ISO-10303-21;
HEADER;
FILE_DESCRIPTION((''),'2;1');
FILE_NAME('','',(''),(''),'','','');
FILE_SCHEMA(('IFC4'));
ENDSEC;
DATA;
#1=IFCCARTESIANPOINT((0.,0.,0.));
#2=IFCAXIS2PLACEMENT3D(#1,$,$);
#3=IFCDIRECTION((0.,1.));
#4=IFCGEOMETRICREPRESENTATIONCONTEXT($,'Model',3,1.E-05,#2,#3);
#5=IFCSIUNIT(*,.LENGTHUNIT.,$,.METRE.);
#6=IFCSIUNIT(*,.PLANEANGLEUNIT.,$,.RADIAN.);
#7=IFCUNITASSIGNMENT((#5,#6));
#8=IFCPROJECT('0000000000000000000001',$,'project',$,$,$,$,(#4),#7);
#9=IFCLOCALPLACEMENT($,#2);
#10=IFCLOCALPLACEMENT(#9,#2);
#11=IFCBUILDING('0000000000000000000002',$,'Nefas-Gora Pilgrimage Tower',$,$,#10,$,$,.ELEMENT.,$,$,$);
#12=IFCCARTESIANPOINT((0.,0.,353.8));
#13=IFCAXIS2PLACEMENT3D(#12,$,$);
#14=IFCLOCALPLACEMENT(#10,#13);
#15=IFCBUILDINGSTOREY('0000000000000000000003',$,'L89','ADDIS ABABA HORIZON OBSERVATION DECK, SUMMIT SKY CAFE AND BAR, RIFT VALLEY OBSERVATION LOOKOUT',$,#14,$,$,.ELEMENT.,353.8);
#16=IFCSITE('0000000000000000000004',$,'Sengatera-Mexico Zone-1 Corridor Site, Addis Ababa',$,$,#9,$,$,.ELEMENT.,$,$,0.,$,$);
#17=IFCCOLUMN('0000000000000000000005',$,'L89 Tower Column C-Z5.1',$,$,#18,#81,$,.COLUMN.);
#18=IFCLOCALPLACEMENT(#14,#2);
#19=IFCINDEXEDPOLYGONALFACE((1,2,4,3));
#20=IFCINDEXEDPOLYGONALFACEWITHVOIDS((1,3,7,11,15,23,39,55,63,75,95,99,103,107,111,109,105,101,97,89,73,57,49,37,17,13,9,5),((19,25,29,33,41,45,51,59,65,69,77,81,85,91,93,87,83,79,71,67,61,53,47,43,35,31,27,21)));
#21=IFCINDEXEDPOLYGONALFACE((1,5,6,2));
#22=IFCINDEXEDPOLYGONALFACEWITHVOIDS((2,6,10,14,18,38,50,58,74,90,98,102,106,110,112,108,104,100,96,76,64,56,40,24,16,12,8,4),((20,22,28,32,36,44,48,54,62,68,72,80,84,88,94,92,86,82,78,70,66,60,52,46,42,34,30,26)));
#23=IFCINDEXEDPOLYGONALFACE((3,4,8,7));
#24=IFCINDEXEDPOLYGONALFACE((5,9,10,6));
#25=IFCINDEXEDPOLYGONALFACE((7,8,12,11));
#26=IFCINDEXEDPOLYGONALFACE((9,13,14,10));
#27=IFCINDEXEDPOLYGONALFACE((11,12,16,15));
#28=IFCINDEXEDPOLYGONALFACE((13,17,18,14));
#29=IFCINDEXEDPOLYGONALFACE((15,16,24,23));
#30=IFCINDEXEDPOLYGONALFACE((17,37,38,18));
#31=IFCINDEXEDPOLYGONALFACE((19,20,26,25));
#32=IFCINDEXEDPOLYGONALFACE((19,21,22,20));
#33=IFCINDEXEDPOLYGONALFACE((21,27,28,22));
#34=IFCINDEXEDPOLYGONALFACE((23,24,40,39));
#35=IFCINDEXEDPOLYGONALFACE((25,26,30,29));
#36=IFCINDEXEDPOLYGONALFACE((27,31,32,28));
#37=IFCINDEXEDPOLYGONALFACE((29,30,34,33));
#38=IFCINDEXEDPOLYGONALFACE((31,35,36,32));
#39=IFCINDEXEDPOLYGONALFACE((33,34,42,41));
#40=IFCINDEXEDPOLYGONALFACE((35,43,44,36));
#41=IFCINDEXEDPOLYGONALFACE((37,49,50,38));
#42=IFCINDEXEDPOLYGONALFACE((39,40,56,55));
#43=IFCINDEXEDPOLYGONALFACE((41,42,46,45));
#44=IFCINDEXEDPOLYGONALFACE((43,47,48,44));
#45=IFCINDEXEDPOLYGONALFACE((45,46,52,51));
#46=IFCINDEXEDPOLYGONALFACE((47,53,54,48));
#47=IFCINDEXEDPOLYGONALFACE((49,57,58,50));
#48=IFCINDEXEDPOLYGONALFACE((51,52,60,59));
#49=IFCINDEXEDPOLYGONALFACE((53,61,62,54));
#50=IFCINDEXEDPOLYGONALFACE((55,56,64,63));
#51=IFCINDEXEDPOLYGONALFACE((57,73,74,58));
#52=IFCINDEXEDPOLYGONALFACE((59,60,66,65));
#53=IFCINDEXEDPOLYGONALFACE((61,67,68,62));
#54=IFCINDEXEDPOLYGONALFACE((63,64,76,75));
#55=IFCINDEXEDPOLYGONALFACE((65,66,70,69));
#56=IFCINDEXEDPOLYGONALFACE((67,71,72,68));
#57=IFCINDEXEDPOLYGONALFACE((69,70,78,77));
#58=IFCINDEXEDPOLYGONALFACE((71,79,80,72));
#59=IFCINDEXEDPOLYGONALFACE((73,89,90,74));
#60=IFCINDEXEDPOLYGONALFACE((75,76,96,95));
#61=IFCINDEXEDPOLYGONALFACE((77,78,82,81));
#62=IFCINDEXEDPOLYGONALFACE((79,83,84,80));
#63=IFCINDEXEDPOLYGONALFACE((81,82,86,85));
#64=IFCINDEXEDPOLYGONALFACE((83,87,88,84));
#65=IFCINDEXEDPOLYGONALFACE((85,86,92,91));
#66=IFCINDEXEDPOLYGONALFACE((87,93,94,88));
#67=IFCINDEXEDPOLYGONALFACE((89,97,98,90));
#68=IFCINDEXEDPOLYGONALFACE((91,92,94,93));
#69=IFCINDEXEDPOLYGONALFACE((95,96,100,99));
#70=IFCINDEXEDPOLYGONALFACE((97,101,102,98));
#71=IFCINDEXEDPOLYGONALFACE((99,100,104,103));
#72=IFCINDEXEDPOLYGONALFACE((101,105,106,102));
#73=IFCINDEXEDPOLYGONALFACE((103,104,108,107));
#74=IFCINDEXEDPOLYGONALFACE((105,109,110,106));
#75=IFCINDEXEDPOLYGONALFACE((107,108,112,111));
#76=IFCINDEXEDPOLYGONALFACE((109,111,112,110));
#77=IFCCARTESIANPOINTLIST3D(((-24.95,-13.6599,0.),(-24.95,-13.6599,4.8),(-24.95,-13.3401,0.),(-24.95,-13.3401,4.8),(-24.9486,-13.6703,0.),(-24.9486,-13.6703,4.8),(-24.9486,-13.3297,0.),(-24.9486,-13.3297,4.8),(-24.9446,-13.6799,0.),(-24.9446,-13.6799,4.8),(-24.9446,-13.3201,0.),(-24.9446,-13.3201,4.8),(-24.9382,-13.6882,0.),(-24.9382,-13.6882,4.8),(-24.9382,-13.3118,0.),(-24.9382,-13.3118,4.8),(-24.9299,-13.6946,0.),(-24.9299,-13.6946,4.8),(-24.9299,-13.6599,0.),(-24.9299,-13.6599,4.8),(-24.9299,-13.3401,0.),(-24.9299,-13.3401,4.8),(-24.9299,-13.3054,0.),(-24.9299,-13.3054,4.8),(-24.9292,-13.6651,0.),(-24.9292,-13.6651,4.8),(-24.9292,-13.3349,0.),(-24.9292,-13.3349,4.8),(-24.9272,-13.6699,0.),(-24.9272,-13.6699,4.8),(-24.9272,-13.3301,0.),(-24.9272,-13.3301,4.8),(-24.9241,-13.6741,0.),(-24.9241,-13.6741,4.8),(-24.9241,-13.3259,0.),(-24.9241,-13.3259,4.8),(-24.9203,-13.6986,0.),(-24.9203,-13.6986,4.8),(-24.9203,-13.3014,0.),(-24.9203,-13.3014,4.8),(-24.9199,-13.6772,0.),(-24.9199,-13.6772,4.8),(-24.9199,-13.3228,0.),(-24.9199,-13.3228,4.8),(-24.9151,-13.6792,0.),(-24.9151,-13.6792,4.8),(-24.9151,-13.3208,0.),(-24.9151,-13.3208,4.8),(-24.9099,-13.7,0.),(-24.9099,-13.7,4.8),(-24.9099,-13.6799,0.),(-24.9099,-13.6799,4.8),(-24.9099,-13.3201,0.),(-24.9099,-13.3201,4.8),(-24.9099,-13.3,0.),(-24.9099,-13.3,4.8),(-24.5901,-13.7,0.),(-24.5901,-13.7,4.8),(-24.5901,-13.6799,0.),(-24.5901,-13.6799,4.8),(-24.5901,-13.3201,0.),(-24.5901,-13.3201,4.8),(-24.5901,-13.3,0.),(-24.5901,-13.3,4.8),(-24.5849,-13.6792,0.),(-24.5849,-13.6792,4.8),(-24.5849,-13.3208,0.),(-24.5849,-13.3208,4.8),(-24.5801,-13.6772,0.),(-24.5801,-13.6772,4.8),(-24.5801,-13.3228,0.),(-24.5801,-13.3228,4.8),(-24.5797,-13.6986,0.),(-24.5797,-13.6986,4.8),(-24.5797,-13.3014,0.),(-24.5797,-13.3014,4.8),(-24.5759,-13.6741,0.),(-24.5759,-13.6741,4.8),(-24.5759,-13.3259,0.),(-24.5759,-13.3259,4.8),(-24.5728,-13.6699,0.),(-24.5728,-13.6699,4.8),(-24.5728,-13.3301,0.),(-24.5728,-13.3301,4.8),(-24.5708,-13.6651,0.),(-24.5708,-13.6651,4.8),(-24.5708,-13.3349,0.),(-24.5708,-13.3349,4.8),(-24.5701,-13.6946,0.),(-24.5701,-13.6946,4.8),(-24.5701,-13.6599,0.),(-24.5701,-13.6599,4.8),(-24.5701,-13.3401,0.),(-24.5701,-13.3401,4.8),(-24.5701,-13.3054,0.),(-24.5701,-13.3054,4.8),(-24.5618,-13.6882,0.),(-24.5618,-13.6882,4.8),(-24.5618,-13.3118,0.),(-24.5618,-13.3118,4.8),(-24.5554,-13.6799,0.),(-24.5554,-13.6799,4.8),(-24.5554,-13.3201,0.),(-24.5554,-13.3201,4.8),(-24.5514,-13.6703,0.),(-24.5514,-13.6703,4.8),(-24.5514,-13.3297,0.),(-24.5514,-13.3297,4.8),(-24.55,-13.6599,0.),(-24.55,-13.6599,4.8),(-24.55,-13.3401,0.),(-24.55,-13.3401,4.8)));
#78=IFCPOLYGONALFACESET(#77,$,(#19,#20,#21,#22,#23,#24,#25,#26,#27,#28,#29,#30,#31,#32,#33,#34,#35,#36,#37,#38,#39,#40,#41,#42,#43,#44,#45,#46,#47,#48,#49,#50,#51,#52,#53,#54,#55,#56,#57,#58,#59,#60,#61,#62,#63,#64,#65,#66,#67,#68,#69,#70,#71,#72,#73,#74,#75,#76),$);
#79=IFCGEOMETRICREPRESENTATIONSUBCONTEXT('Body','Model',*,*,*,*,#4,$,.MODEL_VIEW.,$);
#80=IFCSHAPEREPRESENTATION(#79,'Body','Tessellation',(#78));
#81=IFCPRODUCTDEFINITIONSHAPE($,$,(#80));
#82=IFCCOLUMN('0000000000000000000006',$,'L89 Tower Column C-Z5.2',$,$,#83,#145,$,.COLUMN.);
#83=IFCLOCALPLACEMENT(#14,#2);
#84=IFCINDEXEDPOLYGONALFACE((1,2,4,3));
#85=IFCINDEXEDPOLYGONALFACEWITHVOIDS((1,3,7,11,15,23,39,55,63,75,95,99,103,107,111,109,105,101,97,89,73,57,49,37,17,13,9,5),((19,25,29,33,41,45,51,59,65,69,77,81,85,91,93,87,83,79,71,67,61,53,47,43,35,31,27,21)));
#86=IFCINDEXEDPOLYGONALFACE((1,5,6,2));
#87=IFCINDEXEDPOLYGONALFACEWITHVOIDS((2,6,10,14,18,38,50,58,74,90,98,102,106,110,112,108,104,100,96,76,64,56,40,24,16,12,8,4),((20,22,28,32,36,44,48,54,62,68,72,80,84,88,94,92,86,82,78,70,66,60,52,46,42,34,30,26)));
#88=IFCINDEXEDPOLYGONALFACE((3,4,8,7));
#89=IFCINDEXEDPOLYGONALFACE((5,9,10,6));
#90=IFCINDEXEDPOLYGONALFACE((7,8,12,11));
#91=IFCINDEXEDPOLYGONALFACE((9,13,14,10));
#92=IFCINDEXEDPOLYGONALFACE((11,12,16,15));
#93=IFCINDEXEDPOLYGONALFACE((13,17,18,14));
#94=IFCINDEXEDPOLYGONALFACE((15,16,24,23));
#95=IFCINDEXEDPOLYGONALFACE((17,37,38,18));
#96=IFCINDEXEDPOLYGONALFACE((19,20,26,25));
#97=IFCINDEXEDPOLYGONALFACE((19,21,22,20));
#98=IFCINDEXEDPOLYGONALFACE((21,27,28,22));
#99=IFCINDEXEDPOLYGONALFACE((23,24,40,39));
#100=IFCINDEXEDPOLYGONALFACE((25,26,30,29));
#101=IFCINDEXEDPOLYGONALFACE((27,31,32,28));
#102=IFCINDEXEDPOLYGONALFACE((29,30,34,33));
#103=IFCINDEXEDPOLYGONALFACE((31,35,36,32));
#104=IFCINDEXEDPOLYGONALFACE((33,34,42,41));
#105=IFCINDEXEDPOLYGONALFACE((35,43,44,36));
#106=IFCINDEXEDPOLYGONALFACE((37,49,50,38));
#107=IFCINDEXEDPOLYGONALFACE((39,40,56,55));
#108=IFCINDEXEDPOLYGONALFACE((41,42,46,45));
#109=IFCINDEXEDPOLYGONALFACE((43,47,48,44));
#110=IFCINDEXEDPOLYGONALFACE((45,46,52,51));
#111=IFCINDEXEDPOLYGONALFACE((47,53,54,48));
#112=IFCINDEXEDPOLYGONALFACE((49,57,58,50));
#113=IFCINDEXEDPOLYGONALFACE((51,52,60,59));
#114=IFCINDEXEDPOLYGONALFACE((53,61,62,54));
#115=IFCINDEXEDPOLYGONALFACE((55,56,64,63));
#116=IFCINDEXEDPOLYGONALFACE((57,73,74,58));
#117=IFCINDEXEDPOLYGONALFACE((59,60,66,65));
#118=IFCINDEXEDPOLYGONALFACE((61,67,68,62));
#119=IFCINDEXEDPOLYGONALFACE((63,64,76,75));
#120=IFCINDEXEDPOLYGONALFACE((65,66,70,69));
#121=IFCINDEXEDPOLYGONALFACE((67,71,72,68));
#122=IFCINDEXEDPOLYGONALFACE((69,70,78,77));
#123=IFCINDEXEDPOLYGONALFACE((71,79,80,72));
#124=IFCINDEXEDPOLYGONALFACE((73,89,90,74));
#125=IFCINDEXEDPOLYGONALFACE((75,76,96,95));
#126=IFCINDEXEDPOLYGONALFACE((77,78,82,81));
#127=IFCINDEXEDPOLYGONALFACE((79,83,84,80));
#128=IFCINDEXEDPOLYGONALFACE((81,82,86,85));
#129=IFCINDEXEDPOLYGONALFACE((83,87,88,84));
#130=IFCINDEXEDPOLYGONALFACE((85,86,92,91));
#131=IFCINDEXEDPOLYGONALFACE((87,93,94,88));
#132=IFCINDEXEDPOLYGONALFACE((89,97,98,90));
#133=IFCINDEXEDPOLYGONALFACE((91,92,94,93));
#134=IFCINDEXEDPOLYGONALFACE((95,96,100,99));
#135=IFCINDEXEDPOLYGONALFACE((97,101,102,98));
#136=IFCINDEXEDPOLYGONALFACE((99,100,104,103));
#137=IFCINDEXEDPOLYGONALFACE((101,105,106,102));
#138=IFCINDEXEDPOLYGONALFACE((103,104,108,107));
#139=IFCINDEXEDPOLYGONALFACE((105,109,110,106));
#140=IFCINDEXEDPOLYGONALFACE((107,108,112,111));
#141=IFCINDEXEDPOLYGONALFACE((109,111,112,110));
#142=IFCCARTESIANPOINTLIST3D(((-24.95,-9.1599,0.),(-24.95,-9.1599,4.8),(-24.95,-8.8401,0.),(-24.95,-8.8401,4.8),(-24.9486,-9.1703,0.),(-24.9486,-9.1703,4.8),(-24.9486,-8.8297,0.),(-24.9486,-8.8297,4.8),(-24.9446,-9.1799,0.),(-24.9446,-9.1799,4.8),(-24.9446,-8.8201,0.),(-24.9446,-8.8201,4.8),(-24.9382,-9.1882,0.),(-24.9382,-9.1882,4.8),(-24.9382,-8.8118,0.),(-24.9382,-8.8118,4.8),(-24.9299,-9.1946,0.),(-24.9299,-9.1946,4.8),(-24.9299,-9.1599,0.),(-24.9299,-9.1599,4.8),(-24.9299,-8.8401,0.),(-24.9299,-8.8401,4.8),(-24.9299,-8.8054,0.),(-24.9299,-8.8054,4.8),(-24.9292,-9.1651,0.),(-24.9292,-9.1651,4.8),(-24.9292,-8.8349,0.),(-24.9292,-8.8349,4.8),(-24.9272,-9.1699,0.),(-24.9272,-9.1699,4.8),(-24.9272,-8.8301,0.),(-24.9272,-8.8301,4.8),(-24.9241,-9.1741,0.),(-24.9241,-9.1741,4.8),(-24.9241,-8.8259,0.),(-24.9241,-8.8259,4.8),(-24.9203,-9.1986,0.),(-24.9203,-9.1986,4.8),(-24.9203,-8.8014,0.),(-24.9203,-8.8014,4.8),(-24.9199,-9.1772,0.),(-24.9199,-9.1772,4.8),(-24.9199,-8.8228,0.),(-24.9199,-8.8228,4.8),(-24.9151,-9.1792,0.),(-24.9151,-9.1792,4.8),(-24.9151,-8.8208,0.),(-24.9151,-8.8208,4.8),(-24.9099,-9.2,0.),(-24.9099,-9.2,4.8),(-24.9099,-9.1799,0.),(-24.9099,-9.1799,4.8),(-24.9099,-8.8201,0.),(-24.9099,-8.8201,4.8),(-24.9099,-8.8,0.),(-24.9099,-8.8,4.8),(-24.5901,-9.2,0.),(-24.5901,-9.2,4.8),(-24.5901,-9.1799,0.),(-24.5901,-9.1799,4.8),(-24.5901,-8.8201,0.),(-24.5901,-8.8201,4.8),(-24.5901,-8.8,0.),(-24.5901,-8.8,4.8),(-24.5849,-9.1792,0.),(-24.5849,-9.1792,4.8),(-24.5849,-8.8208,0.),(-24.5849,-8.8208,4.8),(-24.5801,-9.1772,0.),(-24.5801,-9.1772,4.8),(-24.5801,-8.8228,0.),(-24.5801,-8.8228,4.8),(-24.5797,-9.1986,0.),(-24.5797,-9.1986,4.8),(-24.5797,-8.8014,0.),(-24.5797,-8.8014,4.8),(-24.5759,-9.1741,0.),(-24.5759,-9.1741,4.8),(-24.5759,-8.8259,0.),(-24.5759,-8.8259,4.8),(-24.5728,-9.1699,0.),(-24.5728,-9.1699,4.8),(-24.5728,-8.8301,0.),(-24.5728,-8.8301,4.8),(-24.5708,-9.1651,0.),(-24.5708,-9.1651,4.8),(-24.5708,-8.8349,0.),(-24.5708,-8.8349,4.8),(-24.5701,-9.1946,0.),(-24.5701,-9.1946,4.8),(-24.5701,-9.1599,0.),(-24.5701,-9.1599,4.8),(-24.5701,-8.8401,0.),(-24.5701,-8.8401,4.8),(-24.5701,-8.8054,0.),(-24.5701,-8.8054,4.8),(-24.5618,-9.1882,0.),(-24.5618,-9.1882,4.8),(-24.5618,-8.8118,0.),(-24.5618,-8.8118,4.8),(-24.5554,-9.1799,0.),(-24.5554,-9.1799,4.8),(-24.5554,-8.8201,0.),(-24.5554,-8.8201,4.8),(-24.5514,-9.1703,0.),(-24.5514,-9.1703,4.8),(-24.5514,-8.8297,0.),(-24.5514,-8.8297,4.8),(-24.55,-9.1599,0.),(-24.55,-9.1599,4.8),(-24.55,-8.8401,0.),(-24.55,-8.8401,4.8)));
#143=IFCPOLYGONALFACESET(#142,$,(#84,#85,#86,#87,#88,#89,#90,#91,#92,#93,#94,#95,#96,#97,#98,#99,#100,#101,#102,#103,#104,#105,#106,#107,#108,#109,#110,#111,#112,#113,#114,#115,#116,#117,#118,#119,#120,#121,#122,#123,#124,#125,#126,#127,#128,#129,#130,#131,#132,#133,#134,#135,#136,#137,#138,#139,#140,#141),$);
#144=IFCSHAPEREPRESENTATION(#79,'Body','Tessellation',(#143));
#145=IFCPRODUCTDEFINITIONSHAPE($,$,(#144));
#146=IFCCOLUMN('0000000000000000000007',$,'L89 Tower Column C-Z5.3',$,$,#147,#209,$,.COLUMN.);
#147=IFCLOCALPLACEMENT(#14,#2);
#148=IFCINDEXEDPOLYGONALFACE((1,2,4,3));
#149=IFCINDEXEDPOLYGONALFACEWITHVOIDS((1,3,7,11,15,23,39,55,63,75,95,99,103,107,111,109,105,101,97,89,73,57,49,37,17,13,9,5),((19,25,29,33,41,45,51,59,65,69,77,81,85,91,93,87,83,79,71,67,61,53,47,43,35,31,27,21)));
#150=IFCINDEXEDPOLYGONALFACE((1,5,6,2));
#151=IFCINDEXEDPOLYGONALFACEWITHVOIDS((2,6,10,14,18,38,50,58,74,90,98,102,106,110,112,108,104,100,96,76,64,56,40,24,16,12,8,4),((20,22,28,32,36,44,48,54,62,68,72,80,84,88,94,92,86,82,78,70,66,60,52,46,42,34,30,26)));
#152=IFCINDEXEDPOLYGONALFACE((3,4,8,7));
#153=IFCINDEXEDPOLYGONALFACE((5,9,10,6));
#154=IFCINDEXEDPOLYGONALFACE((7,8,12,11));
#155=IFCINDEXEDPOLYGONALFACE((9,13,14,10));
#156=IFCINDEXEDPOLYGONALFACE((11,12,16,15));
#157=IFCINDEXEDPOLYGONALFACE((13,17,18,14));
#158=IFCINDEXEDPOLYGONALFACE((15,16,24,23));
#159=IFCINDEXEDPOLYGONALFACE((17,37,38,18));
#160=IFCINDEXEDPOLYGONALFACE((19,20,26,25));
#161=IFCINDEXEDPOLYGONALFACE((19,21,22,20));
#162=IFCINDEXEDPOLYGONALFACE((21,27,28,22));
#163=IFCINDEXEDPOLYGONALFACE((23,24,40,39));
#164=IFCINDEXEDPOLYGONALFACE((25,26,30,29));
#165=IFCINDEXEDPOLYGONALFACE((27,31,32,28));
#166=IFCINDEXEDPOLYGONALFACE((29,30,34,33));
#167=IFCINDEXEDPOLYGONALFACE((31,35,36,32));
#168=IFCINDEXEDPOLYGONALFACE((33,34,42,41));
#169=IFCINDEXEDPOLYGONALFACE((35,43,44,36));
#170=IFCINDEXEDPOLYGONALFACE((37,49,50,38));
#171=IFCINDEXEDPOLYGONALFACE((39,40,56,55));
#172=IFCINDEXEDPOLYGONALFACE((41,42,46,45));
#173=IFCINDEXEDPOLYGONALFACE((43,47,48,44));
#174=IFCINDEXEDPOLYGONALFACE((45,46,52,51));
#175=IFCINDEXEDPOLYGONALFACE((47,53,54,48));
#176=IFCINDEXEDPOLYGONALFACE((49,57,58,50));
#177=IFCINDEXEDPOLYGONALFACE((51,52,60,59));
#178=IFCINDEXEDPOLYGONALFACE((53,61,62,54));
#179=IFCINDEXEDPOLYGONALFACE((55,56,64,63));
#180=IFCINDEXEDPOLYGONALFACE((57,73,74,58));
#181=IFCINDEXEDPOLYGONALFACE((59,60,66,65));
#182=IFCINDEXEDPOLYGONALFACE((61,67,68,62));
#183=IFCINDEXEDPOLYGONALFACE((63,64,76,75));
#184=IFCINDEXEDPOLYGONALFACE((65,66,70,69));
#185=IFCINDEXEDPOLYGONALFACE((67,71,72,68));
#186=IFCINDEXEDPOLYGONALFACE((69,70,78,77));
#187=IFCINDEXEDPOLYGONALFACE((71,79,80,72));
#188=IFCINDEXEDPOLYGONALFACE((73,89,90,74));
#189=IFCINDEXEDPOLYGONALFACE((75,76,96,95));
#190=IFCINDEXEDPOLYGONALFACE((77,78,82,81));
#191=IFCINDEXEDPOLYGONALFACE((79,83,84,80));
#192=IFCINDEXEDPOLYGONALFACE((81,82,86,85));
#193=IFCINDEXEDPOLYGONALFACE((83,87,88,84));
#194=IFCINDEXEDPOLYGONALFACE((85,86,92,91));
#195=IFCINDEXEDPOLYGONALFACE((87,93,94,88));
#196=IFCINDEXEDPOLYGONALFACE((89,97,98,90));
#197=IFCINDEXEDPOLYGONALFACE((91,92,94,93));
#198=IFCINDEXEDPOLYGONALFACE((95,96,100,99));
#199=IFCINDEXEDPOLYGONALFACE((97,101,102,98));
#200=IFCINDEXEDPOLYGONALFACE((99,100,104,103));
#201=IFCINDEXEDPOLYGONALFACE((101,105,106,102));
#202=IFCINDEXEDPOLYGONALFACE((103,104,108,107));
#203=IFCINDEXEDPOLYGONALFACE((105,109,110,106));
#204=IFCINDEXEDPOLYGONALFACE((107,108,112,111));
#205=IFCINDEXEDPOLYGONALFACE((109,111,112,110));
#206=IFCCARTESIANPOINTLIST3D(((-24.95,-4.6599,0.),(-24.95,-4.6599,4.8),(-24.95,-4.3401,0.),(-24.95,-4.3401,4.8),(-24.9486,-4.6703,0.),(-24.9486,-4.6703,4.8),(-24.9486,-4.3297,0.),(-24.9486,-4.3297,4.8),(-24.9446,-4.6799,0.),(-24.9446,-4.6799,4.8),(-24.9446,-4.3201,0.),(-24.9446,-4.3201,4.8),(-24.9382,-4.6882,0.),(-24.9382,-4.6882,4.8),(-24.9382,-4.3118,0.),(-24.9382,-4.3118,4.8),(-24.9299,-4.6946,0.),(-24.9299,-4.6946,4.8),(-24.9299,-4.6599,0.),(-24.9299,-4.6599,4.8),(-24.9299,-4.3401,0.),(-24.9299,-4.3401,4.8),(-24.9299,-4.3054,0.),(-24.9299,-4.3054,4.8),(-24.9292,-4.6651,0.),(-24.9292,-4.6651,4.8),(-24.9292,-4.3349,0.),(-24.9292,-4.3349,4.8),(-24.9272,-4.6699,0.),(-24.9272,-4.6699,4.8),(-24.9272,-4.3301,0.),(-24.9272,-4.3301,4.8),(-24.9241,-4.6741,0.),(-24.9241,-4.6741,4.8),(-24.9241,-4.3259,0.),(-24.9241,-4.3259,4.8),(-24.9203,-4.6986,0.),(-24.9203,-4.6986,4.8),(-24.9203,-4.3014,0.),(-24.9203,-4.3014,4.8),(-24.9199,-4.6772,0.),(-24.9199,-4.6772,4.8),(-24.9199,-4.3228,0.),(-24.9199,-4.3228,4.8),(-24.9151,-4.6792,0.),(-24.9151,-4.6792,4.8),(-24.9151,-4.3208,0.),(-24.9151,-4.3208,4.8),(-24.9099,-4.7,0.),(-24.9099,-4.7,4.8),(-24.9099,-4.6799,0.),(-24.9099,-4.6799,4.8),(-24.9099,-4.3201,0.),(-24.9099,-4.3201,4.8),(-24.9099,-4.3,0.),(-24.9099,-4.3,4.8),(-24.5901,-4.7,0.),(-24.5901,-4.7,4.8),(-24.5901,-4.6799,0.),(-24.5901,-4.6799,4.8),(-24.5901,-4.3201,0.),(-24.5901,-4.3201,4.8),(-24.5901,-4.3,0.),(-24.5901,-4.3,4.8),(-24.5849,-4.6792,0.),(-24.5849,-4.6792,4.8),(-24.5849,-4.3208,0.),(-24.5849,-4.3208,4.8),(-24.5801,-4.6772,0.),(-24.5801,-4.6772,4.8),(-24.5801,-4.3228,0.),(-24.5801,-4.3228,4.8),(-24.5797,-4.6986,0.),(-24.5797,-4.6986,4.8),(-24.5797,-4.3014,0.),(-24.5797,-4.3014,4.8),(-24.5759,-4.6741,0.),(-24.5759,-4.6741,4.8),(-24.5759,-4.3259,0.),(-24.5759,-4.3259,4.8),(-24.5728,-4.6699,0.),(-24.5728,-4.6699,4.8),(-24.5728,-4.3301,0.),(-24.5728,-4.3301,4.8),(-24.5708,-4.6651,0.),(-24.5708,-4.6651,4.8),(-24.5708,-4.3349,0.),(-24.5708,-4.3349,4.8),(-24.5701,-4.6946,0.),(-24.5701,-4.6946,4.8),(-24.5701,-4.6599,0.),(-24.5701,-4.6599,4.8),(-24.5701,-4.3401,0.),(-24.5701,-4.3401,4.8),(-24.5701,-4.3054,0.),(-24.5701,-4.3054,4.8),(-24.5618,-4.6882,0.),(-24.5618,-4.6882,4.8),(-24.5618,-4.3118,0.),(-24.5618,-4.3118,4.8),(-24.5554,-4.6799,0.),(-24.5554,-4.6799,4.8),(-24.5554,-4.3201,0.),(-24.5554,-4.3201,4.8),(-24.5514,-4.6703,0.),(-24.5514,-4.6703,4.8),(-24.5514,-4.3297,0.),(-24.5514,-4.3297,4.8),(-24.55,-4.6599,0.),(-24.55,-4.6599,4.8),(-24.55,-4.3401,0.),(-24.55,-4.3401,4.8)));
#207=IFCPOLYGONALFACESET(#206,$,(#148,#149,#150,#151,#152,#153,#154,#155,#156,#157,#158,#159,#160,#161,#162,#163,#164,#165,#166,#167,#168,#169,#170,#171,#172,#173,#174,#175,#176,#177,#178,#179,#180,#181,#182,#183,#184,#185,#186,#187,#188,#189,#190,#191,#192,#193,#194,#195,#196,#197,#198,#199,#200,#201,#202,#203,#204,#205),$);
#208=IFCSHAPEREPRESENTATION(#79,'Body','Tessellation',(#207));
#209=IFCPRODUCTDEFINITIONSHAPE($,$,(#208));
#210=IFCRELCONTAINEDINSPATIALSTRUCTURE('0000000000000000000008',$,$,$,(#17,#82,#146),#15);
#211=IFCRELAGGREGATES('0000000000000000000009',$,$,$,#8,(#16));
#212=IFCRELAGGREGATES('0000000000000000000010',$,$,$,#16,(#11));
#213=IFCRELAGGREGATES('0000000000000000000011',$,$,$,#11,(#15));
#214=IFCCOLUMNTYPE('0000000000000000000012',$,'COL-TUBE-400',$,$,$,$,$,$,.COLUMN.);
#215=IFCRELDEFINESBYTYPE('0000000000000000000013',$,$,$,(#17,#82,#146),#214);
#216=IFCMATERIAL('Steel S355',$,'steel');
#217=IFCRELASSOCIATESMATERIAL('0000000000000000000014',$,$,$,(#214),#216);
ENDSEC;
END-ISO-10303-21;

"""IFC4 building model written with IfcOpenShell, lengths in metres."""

from ifc_helpers import new_model, si_unit, direction, frame, origin, origin_2d, place, context, subcontext, project, spatial, hollow_rectangle, extrude, source, transform, mapped, material, material_profile, profile_set, type_object, element, save


model = new_model("IFC4")

# Units and contexts
model_context = context("Model", 3, precision=1e-05, world=origin(), true_north=direction((0.0, 1.0)))
body_context = subcontext(model_context, "Body", "Model", "MODEL_VIEW")
ifc_project = project(units=[si_unit("LENGTHUNIT", "METRE"), si_unit("PLANEANGLEUNIT", "RADIAN")], contexts=[model_context])

# Site, building, storey
site_placement = place(None, origin())
site = spatial("IfcSite", under=ifc_project, at=site_placement, Name="Sengatera-Mexico Zone-1 Corridor Site, Addis Ababa", CompositionType="ELEMENT", RefElevation=0.0)
building_placement = place(site_placement, origin())
building = spatial("IfcBuilding", under=site, at=building_placement, Name="Nefas-Gora Pilgrimage Tower", CompositionType="ELEMENT")
storey_placement = place(building_placement, frame((0.0, 0.0, 353.8)))
storey = spatial("IfcBuildingStorey", under=building, at=storey_placement, Name="L89", Description="ADDIS ABABA HORIZON OBSERVATION DECK, SUMMIT SKY CAFE AND BAR, RIFT VALLEY OBSERVATION LOOKOUT", CompositionType="ELEMENT", Elevation=353.8)

# Columns
ifc_material_1 = material(Name="Steel S355", Category="steel")
ifc_material_profile_1 = material_profile(ifc_material_1, hollow_rectangle(XDim=0.3999, YDim=0.3999, WallThickness=0.02, InnerFilletRadius=0.02, OuterFilletRadius=0.04, at=origin_2d()), Name="SHS 400x400x20")
ifc_profile_set_1 = profile_set([ifc_material_profile_1], Name="Steel S355")
column_type_1 = type_object("IfcColumnType", Name="COL-TUBE-400", PredefinedType="COLUMN", material=ifc_profile_set_1)
shared_shape_1 = source(origin(), body_context, "Body", "SweptSolid", [
    extrude(hollow_rectangle(XDim=0.3999, YDim=0.3999, WallThickness=0.02, InnerFilletRadius=0.02, OuterFilletRadius=0.04, at=origin_2d()), origin(), (0.0, 0.0, 1.0), 4.8),
])
for number, where, z_axis, x_axis, name in (
    (1, (-24.75, -13.5, 0.0), (0.0, 0.0, 1.0), (1.0, 0.0, 0.0), "L89 Tower Column C-Z5.1"),
    (2, (-24.75, -9.0, 0.0), (0.0, 0.0, 1.0), (1.0, 0.0, 0.0), "L89 Tower Column C-Z5.2"),
    (3, (-24.75, -4.5, 0.0), (0.0, 0.0, 1.0), (1.0, 0.0, 0.0), "L89 Tower Column C-Z5.3"),
):
    element("IfcColumn", number, at=place(storey_placement, frame(where, z_axis=z_axis, x_axis=x_axis)), inside=storey, type_object=column_type_1, Name=name, PredefinedType="COLUMN", context=body_context, shape_type="MappedRepresentation", body=[
        mapped(shared_shape_1, transform((0.0, 0.0, 0.0), x_axis=(1.0, 0.0, 0.0), y_axis=(0.0, 1.0, 0.0), z_axis=(0.0, 0.0, 1.0), scale=1.0)),
    ])

save(model, "model.ifc")
